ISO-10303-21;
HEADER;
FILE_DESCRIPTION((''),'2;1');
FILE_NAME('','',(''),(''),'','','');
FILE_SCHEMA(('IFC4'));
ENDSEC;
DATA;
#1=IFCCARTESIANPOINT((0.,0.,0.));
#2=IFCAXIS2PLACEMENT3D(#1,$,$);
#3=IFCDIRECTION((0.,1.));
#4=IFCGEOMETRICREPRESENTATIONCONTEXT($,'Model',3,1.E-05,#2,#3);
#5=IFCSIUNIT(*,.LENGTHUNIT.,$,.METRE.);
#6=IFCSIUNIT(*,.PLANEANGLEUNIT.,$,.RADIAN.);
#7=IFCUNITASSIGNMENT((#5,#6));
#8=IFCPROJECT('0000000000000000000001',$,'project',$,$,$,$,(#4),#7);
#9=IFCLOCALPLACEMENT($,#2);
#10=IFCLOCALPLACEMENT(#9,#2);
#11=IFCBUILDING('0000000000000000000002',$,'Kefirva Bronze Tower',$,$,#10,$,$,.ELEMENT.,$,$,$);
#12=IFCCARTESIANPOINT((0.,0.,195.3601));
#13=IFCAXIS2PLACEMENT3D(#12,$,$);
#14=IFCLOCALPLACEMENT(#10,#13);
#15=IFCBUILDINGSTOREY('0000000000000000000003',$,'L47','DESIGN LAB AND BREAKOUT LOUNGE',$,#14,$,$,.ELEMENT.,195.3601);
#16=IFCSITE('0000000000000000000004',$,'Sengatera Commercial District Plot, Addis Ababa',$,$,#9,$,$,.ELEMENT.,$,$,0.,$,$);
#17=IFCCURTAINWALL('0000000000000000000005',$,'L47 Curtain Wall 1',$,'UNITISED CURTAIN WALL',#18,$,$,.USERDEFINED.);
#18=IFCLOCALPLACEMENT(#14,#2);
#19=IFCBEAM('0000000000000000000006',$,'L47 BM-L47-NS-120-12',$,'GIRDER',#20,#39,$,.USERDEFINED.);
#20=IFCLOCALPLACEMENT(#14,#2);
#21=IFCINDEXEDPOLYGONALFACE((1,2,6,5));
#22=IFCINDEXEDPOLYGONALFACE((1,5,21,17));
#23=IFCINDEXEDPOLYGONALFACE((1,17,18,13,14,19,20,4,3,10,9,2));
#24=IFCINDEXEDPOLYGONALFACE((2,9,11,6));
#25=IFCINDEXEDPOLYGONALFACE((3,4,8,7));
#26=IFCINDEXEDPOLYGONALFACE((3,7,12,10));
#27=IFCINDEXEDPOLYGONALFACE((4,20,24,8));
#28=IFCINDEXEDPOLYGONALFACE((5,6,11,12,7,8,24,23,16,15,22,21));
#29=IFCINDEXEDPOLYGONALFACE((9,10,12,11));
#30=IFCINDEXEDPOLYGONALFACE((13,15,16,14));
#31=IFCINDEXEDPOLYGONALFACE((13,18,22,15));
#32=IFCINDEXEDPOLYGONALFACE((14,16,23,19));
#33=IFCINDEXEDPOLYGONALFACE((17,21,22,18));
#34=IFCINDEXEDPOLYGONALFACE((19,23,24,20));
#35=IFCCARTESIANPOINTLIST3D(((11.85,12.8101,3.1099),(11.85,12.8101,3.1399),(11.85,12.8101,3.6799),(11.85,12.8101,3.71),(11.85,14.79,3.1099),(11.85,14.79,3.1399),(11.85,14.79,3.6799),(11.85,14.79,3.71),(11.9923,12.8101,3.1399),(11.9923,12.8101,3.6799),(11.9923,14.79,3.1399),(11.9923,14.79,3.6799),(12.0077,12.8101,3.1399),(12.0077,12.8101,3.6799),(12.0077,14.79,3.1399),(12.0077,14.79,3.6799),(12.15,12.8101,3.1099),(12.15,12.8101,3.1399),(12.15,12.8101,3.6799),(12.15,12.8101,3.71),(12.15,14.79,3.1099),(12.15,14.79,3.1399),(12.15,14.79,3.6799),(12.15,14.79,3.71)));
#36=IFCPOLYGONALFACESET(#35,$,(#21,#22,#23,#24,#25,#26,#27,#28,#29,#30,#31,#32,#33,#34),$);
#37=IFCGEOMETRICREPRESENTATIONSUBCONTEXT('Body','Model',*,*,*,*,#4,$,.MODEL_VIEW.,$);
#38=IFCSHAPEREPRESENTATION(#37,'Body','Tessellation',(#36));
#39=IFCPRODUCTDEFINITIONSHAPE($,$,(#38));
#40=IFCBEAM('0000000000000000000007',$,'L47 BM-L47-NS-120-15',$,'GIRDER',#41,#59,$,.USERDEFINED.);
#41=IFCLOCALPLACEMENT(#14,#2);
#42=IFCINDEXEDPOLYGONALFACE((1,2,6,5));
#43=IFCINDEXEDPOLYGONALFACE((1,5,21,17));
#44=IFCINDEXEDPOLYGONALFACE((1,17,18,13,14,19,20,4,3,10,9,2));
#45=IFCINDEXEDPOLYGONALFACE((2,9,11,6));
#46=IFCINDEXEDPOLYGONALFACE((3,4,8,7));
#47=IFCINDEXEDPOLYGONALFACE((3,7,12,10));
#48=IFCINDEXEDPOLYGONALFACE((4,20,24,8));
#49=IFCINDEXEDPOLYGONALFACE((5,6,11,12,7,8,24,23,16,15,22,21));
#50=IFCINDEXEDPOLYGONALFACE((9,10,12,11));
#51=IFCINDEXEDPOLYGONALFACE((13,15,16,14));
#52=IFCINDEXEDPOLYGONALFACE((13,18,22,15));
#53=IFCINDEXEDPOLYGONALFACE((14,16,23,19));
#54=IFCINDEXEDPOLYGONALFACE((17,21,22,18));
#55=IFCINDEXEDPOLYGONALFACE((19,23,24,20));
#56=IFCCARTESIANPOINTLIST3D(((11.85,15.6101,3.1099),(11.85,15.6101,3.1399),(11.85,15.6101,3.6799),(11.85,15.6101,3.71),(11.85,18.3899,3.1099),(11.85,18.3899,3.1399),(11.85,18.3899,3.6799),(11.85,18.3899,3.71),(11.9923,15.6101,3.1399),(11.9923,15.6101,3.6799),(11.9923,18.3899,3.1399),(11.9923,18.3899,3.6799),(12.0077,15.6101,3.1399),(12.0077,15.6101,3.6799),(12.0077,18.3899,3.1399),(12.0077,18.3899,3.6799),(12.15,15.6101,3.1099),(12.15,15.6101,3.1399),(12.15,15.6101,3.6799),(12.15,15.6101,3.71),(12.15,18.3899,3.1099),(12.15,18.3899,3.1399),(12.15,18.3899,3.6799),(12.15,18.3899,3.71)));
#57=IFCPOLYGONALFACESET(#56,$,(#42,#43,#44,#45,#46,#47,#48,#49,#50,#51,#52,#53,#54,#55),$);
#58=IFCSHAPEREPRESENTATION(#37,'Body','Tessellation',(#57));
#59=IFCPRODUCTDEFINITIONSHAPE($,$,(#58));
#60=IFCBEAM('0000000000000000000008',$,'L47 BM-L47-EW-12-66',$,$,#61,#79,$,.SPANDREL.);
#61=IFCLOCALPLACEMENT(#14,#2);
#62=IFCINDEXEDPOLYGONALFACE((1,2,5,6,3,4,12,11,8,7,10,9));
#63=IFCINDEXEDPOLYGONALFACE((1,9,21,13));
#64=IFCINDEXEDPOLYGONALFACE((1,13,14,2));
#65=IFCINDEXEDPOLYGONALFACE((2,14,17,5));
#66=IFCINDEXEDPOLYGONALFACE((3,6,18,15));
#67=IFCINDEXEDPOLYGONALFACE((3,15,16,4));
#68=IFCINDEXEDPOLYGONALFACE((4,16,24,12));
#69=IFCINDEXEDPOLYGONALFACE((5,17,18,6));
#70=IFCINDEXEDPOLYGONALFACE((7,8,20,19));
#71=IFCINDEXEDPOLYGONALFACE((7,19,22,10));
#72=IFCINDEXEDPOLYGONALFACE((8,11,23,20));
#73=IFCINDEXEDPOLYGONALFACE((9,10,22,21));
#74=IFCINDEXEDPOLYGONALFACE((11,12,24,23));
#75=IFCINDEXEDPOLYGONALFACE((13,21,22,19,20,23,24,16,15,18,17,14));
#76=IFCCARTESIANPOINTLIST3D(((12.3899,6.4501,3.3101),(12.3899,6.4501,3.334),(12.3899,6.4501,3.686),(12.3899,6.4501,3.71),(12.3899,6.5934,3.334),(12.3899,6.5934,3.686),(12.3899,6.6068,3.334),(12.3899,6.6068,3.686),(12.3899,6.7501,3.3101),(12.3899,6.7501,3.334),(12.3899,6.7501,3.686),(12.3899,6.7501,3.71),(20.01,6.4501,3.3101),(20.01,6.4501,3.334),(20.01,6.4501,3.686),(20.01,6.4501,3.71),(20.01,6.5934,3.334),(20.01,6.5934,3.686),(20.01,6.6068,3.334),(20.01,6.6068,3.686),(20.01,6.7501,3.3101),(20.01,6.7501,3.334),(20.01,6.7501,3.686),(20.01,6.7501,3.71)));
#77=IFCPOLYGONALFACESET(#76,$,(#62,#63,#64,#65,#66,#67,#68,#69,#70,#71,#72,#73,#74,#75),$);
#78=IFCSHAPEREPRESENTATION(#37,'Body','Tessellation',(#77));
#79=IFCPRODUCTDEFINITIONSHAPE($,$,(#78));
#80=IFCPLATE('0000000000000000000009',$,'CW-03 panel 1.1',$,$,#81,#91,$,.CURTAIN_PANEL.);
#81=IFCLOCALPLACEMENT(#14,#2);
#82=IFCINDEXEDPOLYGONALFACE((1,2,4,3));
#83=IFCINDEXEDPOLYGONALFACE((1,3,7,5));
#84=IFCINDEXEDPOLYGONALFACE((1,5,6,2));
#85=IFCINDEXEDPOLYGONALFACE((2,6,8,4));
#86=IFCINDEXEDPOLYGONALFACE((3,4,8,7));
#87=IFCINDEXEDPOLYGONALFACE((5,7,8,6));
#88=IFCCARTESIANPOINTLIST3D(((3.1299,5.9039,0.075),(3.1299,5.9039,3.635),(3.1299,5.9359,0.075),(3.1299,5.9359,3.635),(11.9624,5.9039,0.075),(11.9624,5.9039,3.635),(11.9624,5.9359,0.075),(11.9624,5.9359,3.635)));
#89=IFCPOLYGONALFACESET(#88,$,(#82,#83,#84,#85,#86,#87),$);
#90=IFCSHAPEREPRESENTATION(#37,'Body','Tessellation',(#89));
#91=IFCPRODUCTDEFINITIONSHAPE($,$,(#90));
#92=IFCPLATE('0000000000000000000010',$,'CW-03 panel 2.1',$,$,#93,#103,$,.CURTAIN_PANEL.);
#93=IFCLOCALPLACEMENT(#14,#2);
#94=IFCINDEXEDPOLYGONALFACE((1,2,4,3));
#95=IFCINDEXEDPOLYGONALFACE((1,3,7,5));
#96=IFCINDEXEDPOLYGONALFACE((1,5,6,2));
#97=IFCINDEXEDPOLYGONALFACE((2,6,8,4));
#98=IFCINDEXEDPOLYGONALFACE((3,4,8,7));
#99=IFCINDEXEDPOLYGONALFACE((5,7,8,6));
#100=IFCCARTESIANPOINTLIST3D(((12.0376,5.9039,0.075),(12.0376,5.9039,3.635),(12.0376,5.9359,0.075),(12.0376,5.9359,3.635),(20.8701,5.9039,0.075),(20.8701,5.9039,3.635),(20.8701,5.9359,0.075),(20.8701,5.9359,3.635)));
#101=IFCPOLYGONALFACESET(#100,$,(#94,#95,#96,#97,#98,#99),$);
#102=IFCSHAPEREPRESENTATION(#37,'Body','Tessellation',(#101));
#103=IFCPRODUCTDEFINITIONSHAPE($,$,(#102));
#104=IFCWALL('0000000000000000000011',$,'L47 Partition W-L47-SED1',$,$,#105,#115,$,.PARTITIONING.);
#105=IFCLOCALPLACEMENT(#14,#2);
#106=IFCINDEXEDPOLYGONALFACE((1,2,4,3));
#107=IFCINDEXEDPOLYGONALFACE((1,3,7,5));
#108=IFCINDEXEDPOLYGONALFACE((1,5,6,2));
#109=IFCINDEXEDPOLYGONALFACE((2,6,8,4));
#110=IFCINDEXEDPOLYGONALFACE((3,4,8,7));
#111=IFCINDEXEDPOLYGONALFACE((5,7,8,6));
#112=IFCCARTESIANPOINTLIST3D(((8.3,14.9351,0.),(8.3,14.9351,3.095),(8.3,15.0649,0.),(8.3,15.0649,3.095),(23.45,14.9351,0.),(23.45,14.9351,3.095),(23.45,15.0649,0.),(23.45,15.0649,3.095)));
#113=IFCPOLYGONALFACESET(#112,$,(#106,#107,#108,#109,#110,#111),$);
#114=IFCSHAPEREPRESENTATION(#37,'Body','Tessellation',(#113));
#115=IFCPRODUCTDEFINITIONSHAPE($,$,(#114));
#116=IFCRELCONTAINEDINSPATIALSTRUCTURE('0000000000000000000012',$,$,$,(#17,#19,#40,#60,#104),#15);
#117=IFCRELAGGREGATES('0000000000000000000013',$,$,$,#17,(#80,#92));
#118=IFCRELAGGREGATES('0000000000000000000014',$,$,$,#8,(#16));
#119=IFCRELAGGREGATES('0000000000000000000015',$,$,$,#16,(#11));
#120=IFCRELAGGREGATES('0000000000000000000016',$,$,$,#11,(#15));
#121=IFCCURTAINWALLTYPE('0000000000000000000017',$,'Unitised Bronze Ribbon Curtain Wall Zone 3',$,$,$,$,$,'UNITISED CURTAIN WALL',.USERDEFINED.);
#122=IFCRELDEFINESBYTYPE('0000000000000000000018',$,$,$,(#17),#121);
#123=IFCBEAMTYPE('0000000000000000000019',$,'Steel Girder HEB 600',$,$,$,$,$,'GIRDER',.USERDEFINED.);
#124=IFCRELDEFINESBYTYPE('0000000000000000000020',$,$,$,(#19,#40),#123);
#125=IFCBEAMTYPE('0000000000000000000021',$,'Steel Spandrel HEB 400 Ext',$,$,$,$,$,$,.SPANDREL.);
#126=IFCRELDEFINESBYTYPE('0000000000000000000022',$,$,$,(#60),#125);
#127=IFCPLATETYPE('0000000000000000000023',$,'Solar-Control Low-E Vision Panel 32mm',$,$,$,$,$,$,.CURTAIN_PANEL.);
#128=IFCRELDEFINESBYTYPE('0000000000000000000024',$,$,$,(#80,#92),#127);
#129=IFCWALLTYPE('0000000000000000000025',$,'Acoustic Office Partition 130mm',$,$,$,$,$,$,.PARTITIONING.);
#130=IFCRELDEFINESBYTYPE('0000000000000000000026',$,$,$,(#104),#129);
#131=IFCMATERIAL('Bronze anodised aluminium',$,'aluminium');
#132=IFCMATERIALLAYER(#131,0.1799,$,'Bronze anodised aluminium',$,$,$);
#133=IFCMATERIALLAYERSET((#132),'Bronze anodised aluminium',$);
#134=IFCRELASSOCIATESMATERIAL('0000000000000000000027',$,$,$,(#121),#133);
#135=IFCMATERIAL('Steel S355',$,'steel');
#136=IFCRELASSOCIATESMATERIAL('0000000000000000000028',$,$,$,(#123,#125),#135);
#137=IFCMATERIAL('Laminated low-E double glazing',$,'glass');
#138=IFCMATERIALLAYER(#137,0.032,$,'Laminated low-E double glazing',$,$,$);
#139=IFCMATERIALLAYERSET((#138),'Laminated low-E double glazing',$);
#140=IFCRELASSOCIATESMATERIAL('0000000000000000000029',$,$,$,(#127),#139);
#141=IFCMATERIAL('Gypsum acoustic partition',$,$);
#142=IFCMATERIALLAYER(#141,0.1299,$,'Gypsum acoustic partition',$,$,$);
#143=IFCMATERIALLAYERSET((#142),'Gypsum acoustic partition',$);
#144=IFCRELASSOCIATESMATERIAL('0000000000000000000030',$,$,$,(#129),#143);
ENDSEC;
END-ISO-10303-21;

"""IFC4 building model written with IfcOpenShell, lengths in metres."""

from ifc_helpers import new_model, si_unit, direction, frame, frame_2d, origin, origin_2d, place, context, subcontext, project, spatial, rectangle, i_section, extrude, material, layer, layer_set, material_profile, profile_set, type_object, element, aggregate, save


model = new_model("IFC4")

# Units and contexts
model_context = context("Model", 3, precision=1e-05, world=origin(), true_north=direction((0.0, 1.0)))
body_context = subcontext(model_context, "Body", "Model", "MODEL_VIEW")
ifc_project = project(units=[si_unit("LENGTHUNIT", "METRE"), si_unit("PLANEANGLEUNIT", "RADIAN")], contexts=[model_context])

# Site, building, storey
site_placement = place(None, origin())
site = spatial("IfcSite", under=ifc_project, at=site_placement, Name="Sengatera Commercial District Plot, Addis Ababa", CompositionType="ELEMENT", RefElevation=0.0)
building_placement = place(site_placement, origin())
building = spatial("IfcBuilding", under=site, at=building_placement, Name="Kefirva Bronze Tower", CompositionType="ELEMENT")
storey_placement = place(building_placement, frame((0.0, 0.0, 195.3601)))
storey = spatial("IfcBuildingStorey", under=building, at=storey_placement, Name="L47", Description="DESIGN LAB AND BREAKOUT LOUNGE", CompositionType="ELEMENT", Elevation=195.3601)

# Curtain wall
ifc_material_1 = material(Name="Bronze anodised aluminium", Category="aluminium")
ifc_layer_1 = layer(ifc_material_1, 0.1799, Name="Bronze anodised aluminium")
ifc_layer_set_1 = layer_set([ifc_layer_1], Name="Bronze anodised aluminium")
curtain_wall_type = type_object("IfcCurtainWallType", Name="Unitised Bronze Ribbon Curtain Wall Zone 3", ElementType="UNITISED CURTAIN WALL", PredefinedType="USERDEFINED", material=ifc_layer_set_1)
curtain_wall_placement = place(storey_placement, origin())
curtain_wall = element("IfcCurtainWall", 1, at=curtain_wall_placement, inside=storey, type_object=curtain_wall_type, Name="L47 Curtain Wall 1", ObjectType="UNITISED CURTAIN WALL", PredefinedType="USERDEFINED")

# Beams
ifc_material_2 = material(Name="Steel S355", Category="steel")
ifc_material_profile_1 = material_profile(ifc_material_2, i_section(OverallWidth=0.3, OverallDepth=0.6001, WebThickness=0.0154, FlangeThickness=0.03, at=origin_2d()), Name="HEB 600")
ifc_profile_set_1 = profile_set([ifc_material_profile_1], Name="Steel S355")
beam_type_1 = type_object("IfcBeamType", Name="Steel Girder HEB 600", ElementType="GIRDER", PredefinedType="USERDEFINED", material=ifc_profile_set_1)
beam_1_placement = place(storey_placement, frame((12.0, 12.8101, 3.4099), z_axis=(0.0, 1.0, 0.0), x_axis=(-1.0, 0.0, 0.0)))
element("IfcBeam", 2, at=beam_1_placement, inside=storey, type_object=beam_type_1, Name="L47 BM-L47-NS-120-12", ObjectType="GIRDER", PredefinedType="USERDEFINED", context=body_context, shape_type="SweptSolid", body=[
    extrude(i_section(OverallWidth=0.3, OverallDepth=0.6001, WebThickness=0.0154, FlangeThickness=0.03, at=origin_2d()), origin(), (0.0, 0.0, 1.0), 1.98),
])
beam_2_placement = place(storey_placement, frame((12.0, 15.6101, 3.4099), z_axis=(0.0, 1.0, 0.0), x_axis=(-1.0, 0.0, 0.0)))
element("IfcBeam", 3, at=beam_2_placement, inside=storey, type_object=beam_type_1, Name="L47 BM-L47-NS-120-15", ObjectType="GIRDER", PredefinedType="USERDEFINED", context=body_context, shape_type="SweptSolid", body=[
    extrude(i_section(OverallWidth=0.3, OverallDepth=0.6001, WebThickness=0.0154, FlangeThickness=0.03, at=origin_2d()), origin(), (0.0, 0.0, 1.0), 2.7798),
])
ifc_material_profile_2 = material_profile(ifc_material_2, i_section(OverallWidth=0.3, OverallDepth=0.3999, WebThickness=0.0134, FlangeThickness=0.0239, at=origin_2d()), Name="HEB 400")
ifc_profile_set_2 = profile_set([ifc_material_profile_2], Name="Steel S355")
beam_type_2 = type_object("IfcBeamType", Name="Steel Spandrel HEB 400 Ext", PredefinedType="SPANDREL", material=ifc_profile_set_2)
beam_3_placement = place(storey_placement, frame((12.3899, 6.6001, 3.51), z_axis=(1.0, 0.0, 0.0), x_axis=(0.0, 1.0, 0.0)))
element("IfcBeam", 4, at=beam_3_placement, inside=storey, type_object=beam_type_2, Name="L47 BM-L47-EW-12-66", PredefinedType="SPANDREL", context=body_context, shape_type="SweptSolid", body=[
    extrude(i_section(OverallWidth=0.3, OverallDepth=0.3999, WebThickness=0.0134, FlangeThickness=0.0239, at=origin_2d()), origin(), (0.0, 0.0, 1.0), 7.6201),
])

# Plates
ifc_material_3 = material(Name="Laminated low-E double glazing", Category="glass")
ifc_layer_2 = layer(ifc_material_3, 0.032, Name="Laminated low-E double glazing")
ifc_layer_set_2 = layer_set([ifc_layer_2], Name="Laminated low-E double glazing")
plate_type = type_object("IfcPlateType", Name="Solar-Control Low-E Vision Panel 32mm", PredefinedType="CURTAIN_PANEL", material=ifc_layer_set_2)
plate_1_placement = place(storey_placement, frame((7.5461, 5.9199, 0.075), z_axis=(0.0, 0.0, 1.0), x_axis=(1.0, 0.0, 0.0)))
plate_1 = element("IfcPlate", 5, at=plate_1_placement, type_object=plate_type, Name="CW-03 panel 1.1", PredefinedType="CURTAIN_PANEL", context=body_context, shape_type="SweptSolid", body=[
    extrude(rectangle(XDim=8.8325, YDim=0.032, at=origin_2d()), origin(), (0.0, 0.0, 1.0), 3.5601),
])
plate_2_placement = place(storey_placement, frame((16.4539, 5.9199, 0.075), z_axis=(0.0, 0.0, 1.0), x_axis=(1.0, 0.0, 0.0)))
plate_2 = element("IfcPlate", 6, at=plate_2_placement, type_object=plate_type, Name="CW-03 panel 2.1", PredefinedType="CURTAIN_PANEL", context=body_context, shape_type="SweptSolid", body=[
    extrude(rectangle(XDim=8.8325, YDim=0.032, at=origin_2d()), origin(), (0.0, 0.0, 1.0), 3.5601),
])
aggregate(curtain_wall, [plate_1, plate_2])

# Wall
ifc_material_4 = material(Name="Gypsum acoustic partition")
ifc_layer_3 = layer(ifc_material_4, 0.1299, Name="Gypsum acoustic partition")
ifc_layer_set_3 = layer_set([ifc_layer_3], Name="Gypsum acoustic partition")
wall_type_1 = type_object("IfcWallType", Name="Acoustic Office Partition 130mm", PredefinedType="PARTITIONING", material=ifc_layer_set_3)
wall_1_placement = place(storey_placement, frame((8.3, 15.0, 0.0), z_axis=(0.0, 0.0, 1.0), x_axis=(1.0, 0.0, 0.0)))
element("IfcWall", 7, at=wall_1_placement, inside=storey, type_object=wall_type_1, Name="L47 Partition W-L47-SED1", PredefinedType="PARTITIONING", context=body_context, shape_type="SweptSolid", body=[
    extrude(rectangle(XDim=15.1499, YDim=0.1299, at=frame_2d((7.575, 0.0))), origin(), (0.0, 0.0, 1.0), 3.095),
])

save(model, "model.ifc")
